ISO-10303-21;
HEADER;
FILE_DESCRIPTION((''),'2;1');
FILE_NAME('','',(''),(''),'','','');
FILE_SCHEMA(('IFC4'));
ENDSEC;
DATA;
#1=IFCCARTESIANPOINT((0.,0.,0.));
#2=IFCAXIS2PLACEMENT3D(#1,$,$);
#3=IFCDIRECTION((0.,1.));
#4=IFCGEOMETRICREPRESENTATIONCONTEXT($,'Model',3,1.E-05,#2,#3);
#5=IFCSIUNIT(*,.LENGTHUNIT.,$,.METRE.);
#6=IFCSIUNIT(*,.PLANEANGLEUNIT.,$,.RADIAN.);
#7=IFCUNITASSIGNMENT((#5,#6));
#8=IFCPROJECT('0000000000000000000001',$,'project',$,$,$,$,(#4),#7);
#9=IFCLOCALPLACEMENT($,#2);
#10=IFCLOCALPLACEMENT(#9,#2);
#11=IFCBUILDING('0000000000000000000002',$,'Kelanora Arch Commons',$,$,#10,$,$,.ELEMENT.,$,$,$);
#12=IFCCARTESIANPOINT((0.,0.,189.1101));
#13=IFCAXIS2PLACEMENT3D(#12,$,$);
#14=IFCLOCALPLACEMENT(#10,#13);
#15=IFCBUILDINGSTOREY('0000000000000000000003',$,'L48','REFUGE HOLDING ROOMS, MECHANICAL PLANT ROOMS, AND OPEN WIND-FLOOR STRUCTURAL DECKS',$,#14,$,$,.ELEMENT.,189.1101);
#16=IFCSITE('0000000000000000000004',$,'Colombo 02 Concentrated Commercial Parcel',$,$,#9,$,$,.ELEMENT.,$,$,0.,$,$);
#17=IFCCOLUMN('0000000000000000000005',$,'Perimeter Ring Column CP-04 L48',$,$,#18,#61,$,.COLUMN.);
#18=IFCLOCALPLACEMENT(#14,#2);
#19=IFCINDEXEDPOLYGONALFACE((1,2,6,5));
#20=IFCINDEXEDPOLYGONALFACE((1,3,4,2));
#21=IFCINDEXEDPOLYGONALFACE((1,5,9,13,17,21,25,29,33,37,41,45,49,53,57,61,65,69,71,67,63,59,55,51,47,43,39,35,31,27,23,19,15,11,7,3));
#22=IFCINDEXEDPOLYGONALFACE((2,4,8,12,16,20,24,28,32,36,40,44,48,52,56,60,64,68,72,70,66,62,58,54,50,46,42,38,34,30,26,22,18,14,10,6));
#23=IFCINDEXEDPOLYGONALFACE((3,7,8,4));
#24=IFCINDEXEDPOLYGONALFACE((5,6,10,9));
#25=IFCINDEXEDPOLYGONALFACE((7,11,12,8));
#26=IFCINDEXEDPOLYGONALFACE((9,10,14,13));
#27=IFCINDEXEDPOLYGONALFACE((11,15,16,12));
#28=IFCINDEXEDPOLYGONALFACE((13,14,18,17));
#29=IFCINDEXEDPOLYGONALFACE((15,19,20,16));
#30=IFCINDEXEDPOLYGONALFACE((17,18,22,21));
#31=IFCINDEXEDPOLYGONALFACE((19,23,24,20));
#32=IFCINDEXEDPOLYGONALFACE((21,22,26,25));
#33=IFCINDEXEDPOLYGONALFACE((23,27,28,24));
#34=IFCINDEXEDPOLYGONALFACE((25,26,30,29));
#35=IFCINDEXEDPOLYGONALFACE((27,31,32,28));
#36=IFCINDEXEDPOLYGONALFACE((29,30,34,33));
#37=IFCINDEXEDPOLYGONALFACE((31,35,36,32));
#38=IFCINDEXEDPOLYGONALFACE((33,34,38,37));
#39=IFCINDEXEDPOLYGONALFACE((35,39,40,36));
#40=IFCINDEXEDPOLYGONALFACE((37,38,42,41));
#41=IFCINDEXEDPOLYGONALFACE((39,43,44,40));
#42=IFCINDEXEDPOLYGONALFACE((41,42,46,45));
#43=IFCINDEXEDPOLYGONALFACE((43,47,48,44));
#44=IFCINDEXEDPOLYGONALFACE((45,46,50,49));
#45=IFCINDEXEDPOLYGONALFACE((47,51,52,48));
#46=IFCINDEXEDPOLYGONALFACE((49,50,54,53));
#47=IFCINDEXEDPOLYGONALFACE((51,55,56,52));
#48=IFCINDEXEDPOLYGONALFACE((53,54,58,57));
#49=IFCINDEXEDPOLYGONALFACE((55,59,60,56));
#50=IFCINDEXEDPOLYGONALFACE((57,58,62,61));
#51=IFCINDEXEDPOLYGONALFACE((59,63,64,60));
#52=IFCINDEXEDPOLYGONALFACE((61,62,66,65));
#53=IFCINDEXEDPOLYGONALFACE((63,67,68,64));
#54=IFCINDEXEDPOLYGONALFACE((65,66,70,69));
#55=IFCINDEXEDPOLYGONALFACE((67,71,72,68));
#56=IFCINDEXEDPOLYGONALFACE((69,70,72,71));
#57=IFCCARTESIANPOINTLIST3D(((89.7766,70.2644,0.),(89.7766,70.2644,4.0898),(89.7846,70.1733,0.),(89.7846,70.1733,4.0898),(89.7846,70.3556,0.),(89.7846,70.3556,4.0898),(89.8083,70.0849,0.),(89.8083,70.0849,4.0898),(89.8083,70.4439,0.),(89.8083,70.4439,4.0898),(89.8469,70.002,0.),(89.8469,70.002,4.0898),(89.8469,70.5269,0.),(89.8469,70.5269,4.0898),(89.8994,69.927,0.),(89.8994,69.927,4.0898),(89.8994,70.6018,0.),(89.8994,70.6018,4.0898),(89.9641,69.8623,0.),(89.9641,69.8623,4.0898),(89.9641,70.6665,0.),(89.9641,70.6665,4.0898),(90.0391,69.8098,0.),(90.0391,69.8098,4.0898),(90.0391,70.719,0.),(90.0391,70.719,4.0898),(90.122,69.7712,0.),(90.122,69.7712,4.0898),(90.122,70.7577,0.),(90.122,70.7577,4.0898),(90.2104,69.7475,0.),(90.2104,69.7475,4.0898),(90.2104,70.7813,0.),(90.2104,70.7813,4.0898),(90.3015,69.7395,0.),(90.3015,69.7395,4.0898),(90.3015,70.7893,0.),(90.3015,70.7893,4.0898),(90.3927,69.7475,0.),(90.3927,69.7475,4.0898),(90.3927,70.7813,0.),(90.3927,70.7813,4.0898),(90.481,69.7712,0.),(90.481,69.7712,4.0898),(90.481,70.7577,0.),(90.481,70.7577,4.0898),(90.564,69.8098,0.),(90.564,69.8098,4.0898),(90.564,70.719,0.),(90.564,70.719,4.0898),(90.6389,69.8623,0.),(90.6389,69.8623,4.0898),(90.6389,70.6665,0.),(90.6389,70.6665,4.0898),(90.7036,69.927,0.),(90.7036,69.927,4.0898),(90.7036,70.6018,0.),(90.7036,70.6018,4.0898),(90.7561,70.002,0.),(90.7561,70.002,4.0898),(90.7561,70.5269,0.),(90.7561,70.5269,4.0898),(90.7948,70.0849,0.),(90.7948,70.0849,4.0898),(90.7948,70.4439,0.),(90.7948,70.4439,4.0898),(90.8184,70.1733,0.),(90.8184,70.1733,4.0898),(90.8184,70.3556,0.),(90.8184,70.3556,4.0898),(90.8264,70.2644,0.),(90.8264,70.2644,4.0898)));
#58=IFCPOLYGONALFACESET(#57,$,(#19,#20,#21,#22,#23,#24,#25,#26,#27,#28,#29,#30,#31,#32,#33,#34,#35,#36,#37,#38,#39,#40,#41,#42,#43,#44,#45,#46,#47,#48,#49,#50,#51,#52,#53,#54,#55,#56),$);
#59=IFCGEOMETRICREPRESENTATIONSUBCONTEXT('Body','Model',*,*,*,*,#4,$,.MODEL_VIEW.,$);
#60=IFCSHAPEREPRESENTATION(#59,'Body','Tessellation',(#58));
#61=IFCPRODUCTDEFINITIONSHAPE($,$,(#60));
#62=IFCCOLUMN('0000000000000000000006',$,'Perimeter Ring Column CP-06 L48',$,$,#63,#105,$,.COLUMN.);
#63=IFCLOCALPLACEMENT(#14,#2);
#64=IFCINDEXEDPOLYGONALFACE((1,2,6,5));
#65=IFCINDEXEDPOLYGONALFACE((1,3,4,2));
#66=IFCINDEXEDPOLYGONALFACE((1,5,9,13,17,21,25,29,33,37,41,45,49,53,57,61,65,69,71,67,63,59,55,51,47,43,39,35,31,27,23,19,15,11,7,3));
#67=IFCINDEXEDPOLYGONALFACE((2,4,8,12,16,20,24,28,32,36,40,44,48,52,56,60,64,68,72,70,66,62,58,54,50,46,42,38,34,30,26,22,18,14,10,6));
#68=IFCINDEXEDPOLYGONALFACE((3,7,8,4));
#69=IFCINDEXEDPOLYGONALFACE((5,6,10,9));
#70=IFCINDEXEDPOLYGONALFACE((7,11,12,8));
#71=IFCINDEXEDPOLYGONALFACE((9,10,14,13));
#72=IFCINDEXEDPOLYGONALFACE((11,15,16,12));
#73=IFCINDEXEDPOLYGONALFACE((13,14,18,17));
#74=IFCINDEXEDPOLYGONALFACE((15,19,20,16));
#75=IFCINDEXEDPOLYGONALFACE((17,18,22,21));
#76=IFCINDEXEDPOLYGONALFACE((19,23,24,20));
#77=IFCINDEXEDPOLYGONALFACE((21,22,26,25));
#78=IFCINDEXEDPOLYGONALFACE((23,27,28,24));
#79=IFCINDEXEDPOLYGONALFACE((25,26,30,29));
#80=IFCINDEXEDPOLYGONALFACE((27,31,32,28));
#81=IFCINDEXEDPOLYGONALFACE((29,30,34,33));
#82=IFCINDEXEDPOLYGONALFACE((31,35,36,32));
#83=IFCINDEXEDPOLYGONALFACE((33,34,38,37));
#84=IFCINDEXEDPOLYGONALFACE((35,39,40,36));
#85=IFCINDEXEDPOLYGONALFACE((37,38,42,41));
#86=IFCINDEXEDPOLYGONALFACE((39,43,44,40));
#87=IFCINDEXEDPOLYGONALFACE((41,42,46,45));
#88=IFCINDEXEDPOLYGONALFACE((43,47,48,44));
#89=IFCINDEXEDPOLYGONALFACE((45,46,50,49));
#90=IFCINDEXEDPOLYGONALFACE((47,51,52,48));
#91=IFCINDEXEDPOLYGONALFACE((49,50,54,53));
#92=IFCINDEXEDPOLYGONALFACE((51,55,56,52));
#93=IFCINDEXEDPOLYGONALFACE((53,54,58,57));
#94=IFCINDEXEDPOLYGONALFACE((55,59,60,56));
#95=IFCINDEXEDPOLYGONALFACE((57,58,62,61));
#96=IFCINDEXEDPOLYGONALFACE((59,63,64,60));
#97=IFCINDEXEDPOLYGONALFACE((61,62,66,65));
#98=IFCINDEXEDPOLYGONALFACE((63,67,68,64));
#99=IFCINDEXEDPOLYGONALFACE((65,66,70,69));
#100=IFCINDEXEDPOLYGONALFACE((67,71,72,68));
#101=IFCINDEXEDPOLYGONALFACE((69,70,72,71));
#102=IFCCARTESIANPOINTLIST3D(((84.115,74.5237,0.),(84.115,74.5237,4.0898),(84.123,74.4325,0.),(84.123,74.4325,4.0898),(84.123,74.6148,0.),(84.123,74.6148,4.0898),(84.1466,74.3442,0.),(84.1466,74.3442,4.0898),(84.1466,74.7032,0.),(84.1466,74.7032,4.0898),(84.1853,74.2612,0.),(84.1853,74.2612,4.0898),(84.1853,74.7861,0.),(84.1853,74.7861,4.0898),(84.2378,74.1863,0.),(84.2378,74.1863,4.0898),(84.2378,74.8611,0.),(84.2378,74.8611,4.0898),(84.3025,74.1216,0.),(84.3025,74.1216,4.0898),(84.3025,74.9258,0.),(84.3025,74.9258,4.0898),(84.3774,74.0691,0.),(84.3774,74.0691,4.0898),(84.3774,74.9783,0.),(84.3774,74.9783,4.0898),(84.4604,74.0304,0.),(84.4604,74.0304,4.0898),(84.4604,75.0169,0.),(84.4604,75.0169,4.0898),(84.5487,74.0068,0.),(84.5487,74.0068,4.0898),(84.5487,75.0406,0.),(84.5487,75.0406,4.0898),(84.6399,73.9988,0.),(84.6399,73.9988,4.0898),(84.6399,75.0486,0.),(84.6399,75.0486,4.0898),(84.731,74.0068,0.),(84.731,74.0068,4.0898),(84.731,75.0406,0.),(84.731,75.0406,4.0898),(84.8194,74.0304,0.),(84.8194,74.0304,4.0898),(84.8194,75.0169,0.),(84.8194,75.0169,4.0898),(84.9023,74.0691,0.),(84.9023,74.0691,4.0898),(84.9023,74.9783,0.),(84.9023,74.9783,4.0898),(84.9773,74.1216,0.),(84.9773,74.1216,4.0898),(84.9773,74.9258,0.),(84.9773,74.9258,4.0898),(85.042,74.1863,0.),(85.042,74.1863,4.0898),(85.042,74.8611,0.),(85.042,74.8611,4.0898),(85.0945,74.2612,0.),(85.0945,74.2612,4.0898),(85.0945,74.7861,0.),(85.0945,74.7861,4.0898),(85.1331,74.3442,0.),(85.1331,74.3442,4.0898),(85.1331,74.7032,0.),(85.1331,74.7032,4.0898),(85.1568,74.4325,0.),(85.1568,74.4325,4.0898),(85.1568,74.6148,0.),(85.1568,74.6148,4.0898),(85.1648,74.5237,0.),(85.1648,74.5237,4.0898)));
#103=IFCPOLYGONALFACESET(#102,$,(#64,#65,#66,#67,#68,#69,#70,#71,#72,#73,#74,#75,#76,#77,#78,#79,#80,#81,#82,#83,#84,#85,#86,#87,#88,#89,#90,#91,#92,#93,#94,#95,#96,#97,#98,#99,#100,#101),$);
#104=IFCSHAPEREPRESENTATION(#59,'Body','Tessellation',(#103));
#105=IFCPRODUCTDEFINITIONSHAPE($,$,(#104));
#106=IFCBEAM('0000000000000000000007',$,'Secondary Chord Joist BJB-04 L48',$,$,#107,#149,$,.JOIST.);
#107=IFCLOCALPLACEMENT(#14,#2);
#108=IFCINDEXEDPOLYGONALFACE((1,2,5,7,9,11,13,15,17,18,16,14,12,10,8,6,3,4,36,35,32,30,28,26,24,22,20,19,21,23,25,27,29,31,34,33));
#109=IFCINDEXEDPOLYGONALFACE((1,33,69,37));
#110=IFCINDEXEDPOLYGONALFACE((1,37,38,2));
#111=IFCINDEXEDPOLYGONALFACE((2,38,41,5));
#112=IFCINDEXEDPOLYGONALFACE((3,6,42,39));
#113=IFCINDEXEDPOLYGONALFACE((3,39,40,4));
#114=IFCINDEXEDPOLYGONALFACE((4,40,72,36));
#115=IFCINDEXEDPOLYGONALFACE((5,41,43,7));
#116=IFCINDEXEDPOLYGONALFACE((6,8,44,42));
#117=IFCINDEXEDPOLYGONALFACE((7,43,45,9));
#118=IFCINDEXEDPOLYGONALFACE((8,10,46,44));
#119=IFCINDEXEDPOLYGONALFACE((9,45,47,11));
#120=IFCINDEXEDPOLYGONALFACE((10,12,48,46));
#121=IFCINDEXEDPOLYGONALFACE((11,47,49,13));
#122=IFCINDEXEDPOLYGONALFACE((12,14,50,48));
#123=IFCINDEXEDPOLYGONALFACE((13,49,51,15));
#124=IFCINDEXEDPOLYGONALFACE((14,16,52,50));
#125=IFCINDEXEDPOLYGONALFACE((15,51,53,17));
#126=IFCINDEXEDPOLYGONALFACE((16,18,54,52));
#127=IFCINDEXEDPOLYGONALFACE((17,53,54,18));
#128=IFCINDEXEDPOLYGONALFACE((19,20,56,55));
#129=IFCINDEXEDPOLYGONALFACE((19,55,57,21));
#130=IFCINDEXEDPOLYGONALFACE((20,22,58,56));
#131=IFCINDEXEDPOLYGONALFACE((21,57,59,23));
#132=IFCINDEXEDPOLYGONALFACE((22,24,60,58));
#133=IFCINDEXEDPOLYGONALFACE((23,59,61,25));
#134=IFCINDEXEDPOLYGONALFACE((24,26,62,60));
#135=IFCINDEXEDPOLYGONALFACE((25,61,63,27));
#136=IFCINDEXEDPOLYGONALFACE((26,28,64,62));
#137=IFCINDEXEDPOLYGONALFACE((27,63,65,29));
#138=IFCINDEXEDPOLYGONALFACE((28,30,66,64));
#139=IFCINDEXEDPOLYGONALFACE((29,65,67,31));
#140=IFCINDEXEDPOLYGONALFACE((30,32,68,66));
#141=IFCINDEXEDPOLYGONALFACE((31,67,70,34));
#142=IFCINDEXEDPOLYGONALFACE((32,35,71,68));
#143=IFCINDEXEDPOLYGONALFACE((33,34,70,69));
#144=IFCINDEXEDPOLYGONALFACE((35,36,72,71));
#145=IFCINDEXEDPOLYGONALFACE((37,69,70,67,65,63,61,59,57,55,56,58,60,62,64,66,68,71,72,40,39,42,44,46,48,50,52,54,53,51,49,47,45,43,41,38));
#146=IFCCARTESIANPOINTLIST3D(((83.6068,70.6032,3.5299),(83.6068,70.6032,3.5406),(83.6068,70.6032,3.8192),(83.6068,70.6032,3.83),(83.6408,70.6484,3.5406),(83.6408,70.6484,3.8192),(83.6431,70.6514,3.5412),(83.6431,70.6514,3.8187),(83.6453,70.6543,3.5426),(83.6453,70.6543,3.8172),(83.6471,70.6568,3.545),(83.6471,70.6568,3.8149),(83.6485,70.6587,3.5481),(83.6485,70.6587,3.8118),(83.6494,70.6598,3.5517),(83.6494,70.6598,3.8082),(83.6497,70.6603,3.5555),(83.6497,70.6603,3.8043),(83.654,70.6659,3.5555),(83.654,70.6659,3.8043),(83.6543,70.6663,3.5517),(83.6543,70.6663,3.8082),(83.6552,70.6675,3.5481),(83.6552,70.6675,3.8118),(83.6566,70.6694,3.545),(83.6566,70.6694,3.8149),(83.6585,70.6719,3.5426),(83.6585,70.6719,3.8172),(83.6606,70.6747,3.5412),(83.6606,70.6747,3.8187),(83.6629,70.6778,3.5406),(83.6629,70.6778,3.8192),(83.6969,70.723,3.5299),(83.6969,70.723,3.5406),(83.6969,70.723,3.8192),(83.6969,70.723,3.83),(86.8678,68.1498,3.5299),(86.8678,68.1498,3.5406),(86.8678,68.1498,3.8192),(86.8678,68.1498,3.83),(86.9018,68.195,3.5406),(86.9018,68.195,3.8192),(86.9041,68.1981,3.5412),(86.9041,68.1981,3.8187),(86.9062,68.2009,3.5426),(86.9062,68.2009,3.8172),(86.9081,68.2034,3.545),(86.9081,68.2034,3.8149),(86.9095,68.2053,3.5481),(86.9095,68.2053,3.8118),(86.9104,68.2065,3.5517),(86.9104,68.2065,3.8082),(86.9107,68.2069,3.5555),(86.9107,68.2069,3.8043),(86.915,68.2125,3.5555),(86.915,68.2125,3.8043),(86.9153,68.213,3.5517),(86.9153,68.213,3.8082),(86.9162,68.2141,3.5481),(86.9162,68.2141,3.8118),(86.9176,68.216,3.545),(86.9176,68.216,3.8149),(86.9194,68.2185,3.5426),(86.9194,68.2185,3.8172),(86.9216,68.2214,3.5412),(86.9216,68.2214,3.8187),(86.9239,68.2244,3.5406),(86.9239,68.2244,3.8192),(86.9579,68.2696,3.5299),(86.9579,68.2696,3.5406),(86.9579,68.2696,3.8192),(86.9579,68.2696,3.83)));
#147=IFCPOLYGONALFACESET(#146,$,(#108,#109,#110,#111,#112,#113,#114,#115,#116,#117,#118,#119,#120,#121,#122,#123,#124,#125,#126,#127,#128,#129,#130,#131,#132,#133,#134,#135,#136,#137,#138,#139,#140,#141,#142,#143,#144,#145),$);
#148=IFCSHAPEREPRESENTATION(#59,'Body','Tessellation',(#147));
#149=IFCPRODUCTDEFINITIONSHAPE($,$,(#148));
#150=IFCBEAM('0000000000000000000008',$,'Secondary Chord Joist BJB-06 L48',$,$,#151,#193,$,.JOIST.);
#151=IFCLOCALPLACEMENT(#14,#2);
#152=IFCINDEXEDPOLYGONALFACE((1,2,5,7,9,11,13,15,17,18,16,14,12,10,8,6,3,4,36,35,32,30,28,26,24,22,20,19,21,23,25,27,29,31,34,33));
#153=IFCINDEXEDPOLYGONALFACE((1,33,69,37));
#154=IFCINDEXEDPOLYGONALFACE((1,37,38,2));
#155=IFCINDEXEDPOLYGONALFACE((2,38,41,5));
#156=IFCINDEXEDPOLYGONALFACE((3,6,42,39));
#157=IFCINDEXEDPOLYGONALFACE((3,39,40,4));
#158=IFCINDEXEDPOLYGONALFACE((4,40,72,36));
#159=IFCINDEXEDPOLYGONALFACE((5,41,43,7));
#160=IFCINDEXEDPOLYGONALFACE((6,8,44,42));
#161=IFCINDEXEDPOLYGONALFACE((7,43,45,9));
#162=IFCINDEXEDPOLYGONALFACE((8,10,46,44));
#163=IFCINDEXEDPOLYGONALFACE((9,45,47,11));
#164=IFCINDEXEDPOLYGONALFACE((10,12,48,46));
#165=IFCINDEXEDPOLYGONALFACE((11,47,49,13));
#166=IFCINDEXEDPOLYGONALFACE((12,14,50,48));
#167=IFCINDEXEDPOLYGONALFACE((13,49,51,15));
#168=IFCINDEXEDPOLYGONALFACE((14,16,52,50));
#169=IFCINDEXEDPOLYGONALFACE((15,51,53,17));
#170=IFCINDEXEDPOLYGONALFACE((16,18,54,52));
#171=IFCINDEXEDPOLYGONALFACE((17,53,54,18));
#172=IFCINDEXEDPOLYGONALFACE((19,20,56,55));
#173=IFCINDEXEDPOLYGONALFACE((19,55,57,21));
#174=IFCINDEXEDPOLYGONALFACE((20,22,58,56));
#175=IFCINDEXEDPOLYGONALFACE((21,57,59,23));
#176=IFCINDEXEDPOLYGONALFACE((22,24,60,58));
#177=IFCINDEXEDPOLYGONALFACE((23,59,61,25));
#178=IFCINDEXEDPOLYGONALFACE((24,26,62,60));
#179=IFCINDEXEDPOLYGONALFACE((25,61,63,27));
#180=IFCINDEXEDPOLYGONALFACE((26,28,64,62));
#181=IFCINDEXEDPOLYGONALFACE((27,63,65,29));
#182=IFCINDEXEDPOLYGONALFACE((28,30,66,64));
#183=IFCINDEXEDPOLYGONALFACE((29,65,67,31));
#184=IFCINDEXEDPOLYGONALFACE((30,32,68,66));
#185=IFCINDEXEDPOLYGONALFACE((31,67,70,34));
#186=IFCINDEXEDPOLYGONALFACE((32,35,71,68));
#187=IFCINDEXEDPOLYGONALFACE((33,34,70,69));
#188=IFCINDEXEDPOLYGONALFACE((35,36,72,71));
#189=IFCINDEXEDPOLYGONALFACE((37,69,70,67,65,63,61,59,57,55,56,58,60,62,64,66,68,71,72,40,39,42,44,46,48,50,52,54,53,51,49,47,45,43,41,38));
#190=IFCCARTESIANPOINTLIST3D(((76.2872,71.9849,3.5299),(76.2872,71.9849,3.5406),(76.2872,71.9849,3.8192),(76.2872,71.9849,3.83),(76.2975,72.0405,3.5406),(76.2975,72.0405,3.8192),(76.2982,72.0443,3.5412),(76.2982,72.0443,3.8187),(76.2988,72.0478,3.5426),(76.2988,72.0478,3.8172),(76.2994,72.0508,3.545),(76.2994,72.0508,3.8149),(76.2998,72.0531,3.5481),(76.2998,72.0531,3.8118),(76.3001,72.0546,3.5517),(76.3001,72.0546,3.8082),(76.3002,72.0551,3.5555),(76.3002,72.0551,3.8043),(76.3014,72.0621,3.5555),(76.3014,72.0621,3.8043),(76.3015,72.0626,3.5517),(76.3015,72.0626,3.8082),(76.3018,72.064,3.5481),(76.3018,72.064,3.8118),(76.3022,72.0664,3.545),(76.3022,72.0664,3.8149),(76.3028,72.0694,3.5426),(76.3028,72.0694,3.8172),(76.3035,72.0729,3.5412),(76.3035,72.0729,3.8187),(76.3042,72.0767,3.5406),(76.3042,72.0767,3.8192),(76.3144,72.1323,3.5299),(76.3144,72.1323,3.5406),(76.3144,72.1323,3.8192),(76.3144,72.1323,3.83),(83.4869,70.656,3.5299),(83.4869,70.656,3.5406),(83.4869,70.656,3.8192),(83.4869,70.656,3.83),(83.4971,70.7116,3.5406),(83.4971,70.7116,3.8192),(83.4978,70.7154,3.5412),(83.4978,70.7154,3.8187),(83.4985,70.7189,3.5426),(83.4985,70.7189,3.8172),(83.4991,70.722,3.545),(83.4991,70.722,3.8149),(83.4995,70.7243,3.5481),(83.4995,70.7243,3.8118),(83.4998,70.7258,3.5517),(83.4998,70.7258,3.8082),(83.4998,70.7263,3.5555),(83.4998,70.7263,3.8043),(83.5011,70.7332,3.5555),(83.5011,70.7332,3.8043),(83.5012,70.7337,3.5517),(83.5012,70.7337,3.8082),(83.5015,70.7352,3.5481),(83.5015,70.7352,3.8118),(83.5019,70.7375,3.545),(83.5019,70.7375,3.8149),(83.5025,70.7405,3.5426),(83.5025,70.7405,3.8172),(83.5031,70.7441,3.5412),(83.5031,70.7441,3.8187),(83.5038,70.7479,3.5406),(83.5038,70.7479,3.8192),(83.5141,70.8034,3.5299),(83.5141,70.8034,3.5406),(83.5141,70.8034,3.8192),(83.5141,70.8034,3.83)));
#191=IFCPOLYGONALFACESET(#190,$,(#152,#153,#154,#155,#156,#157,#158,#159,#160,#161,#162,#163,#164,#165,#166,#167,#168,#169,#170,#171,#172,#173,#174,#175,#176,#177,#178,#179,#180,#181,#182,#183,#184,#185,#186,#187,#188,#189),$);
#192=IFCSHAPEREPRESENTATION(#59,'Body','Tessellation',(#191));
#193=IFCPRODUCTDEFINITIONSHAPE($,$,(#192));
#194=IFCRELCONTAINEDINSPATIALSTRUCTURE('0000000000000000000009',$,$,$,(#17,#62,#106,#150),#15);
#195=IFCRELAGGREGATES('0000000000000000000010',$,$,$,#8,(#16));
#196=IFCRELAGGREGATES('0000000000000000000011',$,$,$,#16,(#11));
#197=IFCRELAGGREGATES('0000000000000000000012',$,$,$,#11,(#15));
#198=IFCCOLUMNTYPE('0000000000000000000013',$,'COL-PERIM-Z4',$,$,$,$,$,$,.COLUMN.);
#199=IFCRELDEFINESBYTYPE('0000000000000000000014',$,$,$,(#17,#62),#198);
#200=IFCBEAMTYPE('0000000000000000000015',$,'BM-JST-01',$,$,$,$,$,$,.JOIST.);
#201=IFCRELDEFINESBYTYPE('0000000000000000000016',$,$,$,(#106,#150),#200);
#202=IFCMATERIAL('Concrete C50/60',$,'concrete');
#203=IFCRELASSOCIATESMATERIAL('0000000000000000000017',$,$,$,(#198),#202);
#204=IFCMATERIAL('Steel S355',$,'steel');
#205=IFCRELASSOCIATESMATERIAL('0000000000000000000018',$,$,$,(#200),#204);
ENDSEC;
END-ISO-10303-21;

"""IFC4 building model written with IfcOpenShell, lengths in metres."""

from ifc_helpers import new_model, si_unit, direction, frame, origin, origin_2d, place, context, subcontext, project, spatial, circle, i_section, extrude, material, material_profile, profile_set, type_object, element, save


model = new_model("IFC4")

# Units and contexts
model_context = context("Model", 3, precision=1e-05, world=origin(), true_north=direction((0.0, 1.0)))
body_context = subcontext(model_context, "Body", "Model", "MODEL_VIEW")
ifc_project = project(units=[si_unit("LENGTHUNIT", "METRE"), si_unit("PLANEANGLEUNIT", "RADIAN")], contexts=[model_context])

# Site, building, storey
site_placement = place(None, origin())
site = spatial("IfcSite", under=ifc_project, at=site_placement, Name="Colombo 02 Concentrated Commercial Parcel", CompositionType="ELEMENT", RefElevation=0.0)
building_placement = place(site_placement, origin())
building = spatial("IfcBuilding", under=site, at=building_placement, Name="Kelanora Arch Commons", CompositionType="ELEMENT")
storey_placement = place(building_placement, frame((0.0, 0.0, 189.1101)))
storey = spatial("IfcBuildingStorey", under=building, at=storey_placement, Name="L48", Description="REFUGE HOLDING ROOMS, MECHANICAL PLANT ROOMS, AND OPEN WIND-FLOOR STRUCTURAL DECKS", CompositionType="ELEMENT", Elevation=189.1101)

# Columns
ifc_material_1 = material(Name="Concrete C50/60", Category="concrete")
ifc_material_profile_1 = material_profile(ifc_material_1, circle(Radius=0.5249, at=origin_2d()), Name="RCC1050")
ifc_profile_set_1 = profile_set([ifc_material_profile_1], Name="Concrete C50/60")
column_type = type_object("IfcColumnType", Name="COL-PERIM-Z4", PredefinedType="COLUMN", material=ifc_profile_set_1)
for number, where, z_axis, x_axis, name in (
    (1, (90.3015, 70.2644, 0.0), (0.0, 0.0, 1.0), (1.0, 0.0, 0.0), "Perimeter Ring Column CP-04 L48"),
    (2, (84.6399, 74.5237, 0.0), (0.0, 0.0, 1.0), (1.0, 0.0, 0.0), "Perimeter Ring Column CP-06 L48"),
):
    element("IfcColumn", number, at=place(storey_placement, frame(where, z_axis=z_axis, x_axis=x_axis)), inside=storey, type_object=column_type, Name=name, PredefinedType="COLUMN", context=body_context, shape_type="SweptSolid", body=[
        extrude(circle(Radius=0.5249, at=origin_2d()), origin(), (0.0, 0.0, 1.0), 4.0898),
    ])

# Beams
ifc_material_2 = material(Name="Steel S355", Category="steel")
ifc_material_profile_2 = material_profile(ifc_material_2, i_section(OverallWidth=0.1499, OverallDepth=0.3, WebThickness=0.0071, FlangeThickness=0.0107, FilletRadius=0.0149, at=origin_2d()), Name="IPE300")
ifc_profile_set_2 = profile_set([ifc_material_profile_2], Name="Steel S355")
beam_type_1 = type_object("IfcBeamType", Name="BM-JST-01", PredefinedType="JOIST", material=ifc_profile_set_2)
beam_1_placement = place(storey_placement, frame((86.9128, 68.2097, 3.6799), z_axis=(-0.799102, 0.601196, 0.0), x_axis=(-0.601196, -0.799102, 0.0)))
element("IfcBeam", 3, at=beam_1_placement, inside=storey, type_object=beam_type_1, Name="Secondary Chord Joist BJB-04 L48", PredefinedType="JOIST", context=body_context, shape_type="SweptSolid", body=[
    extrude(i_section(OverallWidth=0.1499, OverallDepth=0.3, WebThickness=0.0071, FlangeThickness=0.0107, FilletRadius=0.0149, at=origin_2d()), origin(), (0.0, 0.0, 1.0), 4.0808),
])
beam_2_placement = place(storey_placement, frame((83.5005, 70.7297, 3.6799), z_axis=(-0.98339, 0.181505, 0.0), x_axis=(-0.181505, -0.98339, 0.0)))
element("IfcBeam", 4, at=beam_2_placement, inside=storey, type_object=beam_type_1, Name="Secondary Chord Joist BJB-06 L48", PredefinedType="JOIST", context=body_context, shape_type="SweptSolid", body=[
    extrude(i_section(OverallWidth=0.1499, OverallDepth=0.3, WebThickness=0.0071, FlangeThickness=0.0107, FilletRadius=0.0149, at=origin_2d()), origin(), (0.0, 0.0, 1.0), 7.3213),
])

save(model, "model.ifc")
